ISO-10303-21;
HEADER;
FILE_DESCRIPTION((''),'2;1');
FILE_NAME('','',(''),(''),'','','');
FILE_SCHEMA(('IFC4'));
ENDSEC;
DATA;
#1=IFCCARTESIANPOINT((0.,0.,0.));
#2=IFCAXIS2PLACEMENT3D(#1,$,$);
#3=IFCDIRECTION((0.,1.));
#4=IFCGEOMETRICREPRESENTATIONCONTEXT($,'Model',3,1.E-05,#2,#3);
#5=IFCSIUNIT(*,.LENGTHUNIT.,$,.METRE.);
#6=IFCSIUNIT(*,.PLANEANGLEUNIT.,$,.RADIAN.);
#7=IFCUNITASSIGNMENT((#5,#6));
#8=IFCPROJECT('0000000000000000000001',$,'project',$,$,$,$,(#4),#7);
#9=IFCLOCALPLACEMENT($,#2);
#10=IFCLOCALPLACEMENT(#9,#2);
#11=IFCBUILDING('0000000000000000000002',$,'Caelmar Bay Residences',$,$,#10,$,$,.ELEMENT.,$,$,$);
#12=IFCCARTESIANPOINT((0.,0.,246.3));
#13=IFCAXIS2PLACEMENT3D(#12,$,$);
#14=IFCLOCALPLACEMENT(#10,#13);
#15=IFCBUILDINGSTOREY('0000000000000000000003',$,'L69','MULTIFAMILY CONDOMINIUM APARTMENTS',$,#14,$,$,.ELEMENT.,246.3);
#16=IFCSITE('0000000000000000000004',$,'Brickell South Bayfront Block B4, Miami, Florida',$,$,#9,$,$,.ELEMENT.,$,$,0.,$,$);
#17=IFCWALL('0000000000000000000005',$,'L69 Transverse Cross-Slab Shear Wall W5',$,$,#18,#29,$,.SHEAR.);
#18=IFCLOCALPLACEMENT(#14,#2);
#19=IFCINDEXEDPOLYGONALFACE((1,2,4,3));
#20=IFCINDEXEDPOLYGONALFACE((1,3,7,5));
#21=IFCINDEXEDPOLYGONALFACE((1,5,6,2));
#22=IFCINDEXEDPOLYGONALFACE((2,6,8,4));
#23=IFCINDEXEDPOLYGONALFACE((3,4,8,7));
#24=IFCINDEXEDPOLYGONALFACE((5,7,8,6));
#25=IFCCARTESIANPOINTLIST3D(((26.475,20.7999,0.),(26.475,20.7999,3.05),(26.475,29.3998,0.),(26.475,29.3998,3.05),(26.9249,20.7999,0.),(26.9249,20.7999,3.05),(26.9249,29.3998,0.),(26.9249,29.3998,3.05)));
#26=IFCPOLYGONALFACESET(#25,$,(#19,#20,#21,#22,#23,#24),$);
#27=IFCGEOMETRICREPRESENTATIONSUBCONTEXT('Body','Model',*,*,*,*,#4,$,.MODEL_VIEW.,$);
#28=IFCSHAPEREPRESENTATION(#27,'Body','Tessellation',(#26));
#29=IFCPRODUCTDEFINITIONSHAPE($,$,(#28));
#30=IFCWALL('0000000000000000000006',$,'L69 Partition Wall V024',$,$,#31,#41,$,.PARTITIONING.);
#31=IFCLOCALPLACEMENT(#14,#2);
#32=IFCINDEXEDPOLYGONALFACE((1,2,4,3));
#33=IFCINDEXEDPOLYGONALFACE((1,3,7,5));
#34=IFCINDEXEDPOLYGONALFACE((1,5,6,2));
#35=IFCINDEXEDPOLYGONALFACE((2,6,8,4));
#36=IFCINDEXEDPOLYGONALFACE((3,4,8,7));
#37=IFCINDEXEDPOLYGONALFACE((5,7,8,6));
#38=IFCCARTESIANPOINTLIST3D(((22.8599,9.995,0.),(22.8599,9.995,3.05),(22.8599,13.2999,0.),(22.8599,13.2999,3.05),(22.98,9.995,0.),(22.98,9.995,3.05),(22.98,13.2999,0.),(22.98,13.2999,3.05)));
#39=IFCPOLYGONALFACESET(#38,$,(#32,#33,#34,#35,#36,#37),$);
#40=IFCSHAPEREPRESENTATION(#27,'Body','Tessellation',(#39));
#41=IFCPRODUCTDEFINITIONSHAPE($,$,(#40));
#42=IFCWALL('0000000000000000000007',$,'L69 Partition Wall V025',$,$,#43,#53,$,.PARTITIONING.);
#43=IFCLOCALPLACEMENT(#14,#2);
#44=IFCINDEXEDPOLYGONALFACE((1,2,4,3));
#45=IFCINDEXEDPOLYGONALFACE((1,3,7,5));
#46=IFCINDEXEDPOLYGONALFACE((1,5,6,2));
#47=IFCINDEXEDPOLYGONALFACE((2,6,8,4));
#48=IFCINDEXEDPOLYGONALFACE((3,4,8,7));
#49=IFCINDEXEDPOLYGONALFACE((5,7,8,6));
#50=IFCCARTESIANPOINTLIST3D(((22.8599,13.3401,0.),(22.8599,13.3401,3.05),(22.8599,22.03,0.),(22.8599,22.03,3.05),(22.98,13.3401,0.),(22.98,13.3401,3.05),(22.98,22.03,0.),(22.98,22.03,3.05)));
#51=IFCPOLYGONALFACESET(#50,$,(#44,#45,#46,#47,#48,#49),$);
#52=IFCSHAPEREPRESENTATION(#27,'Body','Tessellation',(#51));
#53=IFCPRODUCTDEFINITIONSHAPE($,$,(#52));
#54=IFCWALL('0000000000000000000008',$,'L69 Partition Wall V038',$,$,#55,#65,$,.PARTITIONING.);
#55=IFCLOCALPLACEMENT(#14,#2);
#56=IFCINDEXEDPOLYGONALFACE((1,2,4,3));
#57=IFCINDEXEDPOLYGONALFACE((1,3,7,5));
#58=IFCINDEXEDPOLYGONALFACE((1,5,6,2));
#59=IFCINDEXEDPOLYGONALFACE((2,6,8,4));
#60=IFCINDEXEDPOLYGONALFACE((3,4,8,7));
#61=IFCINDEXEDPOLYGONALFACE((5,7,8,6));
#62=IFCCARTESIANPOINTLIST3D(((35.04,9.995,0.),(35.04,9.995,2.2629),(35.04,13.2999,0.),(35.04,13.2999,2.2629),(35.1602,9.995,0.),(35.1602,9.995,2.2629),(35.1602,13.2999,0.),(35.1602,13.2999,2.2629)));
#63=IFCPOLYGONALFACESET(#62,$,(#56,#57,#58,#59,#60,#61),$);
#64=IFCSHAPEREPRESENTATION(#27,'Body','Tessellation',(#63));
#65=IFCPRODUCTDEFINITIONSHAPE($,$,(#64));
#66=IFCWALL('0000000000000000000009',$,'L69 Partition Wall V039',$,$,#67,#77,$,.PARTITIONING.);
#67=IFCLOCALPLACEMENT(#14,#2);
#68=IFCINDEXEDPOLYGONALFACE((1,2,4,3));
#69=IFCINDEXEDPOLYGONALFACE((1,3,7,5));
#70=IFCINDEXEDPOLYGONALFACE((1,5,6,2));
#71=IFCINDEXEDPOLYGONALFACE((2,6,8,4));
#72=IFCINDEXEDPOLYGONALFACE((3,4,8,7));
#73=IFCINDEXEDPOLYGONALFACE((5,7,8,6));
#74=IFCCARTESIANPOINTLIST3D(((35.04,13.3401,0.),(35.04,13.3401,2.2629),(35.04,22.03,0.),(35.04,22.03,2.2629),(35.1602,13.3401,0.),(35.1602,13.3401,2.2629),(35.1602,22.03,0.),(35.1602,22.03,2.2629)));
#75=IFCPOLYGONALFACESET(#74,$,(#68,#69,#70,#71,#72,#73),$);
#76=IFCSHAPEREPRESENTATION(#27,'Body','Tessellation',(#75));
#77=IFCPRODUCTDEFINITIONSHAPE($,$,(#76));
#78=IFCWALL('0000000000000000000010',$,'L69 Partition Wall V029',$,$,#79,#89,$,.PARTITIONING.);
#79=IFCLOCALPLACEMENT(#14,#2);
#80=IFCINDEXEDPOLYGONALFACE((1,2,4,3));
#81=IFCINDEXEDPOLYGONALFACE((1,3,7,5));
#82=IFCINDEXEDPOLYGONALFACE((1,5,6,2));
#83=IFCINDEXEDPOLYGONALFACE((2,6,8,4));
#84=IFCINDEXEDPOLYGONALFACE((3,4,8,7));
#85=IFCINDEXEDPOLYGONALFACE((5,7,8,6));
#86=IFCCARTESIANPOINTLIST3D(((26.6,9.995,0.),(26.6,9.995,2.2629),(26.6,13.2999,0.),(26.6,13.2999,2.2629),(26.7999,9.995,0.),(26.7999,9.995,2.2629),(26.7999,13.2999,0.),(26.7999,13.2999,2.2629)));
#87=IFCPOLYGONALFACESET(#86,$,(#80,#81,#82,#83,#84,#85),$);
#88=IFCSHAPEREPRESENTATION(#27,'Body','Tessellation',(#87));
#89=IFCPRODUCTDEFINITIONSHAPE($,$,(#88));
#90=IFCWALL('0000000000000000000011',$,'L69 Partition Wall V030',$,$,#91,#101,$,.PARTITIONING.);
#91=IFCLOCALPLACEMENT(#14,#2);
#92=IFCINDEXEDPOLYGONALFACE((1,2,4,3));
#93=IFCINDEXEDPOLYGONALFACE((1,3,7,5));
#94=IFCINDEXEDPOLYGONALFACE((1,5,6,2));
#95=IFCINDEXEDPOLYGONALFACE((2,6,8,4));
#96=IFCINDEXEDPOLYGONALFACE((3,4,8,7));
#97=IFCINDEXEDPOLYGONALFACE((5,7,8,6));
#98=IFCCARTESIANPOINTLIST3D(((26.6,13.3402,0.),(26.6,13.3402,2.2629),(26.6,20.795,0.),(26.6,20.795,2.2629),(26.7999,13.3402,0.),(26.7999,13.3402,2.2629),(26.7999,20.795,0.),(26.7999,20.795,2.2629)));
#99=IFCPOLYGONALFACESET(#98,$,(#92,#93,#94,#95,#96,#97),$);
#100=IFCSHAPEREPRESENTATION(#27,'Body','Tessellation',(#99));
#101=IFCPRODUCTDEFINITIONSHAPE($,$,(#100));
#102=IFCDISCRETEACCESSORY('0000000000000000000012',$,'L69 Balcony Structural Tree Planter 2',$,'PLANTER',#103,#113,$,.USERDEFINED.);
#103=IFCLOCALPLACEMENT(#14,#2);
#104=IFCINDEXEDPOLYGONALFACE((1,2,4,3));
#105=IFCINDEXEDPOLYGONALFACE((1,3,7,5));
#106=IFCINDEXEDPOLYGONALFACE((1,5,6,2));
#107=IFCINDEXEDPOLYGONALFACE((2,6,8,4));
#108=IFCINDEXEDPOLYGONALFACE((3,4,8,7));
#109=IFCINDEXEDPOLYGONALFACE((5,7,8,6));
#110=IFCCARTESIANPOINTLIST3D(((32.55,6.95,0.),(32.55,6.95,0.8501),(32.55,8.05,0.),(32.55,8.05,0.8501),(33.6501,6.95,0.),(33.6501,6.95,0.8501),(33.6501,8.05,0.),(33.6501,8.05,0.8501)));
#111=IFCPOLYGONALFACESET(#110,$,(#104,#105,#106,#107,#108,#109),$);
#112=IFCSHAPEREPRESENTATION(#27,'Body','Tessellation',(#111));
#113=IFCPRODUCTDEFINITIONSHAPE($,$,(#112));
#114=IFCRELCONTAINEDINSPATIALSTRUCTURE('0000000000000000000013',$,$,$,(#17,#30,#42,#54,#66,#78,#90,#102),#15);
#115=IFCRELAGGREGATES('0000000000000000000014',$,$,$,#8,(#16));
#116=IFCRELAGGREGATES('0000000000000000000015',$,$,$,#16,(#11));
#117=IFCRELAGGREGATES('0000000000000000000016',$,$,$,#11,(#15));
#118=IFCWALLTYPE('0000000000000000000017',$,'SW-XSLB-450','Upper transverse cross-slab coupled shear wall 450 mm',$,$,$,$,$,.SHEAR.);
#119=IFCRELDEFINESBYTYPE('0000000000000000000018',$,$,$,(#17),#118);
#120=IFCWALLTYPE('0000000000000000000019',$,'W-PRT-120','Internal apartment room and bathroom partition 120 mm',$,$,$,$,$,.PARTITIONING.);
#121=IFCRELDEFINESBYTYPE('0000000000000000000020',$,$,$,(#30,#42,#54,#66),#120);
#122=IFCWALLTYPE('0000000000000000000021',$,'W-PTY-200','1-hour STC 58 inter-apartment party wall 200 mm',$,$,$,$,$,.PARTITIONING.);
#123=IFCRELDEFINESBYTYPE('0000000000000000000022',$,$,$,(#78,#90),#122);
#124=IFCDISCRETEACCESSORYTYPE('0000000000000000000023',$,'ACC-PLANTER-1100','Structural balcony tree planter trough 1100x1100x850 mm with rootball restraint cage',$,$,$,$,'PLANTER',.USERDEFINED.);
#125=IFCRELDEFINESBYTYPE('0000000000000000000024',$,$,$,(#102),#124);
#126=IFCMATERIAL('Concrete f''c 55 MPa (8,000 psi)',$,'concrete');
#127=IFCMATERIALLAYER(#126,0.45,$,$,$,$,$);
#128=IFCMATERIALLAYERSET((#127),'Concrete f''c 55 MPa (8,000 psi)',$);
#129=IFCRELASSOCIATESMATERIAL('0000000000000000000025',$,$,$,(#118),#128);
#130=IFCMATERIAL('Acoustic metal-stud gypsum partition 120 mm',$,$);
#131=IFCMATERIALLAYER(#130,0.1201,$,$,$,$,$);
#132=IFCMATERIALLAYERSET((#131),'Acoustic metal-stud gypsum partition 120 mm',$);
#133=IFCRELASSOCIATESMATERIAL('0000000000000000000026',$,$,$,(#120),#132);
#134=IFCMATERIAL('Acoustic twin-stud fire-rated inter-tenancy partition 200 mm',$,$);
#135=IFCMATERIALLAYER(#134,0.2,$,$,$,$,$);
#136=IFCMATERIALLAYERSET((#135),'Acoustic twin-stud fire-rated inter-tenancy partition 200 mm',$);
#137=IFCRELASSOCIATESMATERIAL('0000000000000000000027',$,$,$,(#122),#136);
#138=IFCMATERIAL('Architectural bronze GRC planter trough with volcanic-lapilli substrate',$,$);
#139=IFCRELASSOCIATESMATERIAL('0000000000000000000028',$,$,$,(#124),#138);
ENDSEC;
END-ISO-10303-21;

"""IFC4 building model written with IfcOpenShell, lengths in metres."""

from ifc_helpers import new_model, si_unit, direction, frame, frame_2d, origin, origin_2d, place, context, subcontext, project, spatial, rectangle, extrude, material, layer, layer_set, type_object, element, save


model = new_model("IFC4")

# Units and contexts
model_context = context("Model", 3, precision=1e-05, world=origin(), true_north=direction((0.0, 1.0)))
body_context = subcontext(model_context, "Body", "Model", "MODEL_VIEW")
ifc_project = project(units=[si_unit("LENGTHUNIT", "METRE"), si_unit("PLANEANGLEUNIT", "RADIAN")], contexts=[model_context])

# Site, building, storey
site_placement = place(None, origin())
site = spatial("IfcSite", under=ifc_project, at=site_placement, Name="Brickell South Bayfront Block B4, Miami, Florida", CompositionType="ELEMENT", RefElevation=0.0)
building_placement = place(site_placement, origin())
building = spatial("IfcBuilding", under=site, at=building_placement, Name="Caelmar Bay Residences", CompositionType="ELEMENT")
storey_placement = place(building_placement, frame((0.0, 0.0, 246.3)))
storey = spatial("IfcBuildingStorey", under=building, at=storey_placement, Name="L69", Description="MULTIFAMILY CONDOMINIUM APARTMENTS", CompositionType="ELEMENT", Elevation=246.3)

# Shared definitions
ifc_material_1 = material(Name="Concrete f'c 55 MPa (8,000 psi)", Category="concrete")

# Walls
ifc_layer_1 = layer(ifc_material_1, 0.45)
ifc_layer_set_1 = layer_set([ifc_layer_1], Name="Concrete f'c 55 MPa (8,000 psi)")
wall_type_1 = type_object("IfcWallType", Name="SW-XSLB-450", Description="Upper transverse cross-slab coupled shear wall 450 mm", PredefinedType="SHEAR", material=ifc_layer_set_1)
wall_1_placement = place(storey_placement, frame((26.7, 20.8, 0.0), z_axis=(0.0, 0.0, 1.0), x_axis=(0.0, 1.0, 0.0)))
element("IfcWall", 1, at=wall_1_placement, inside=storey, type_object=wall_type_1, Name="L69 Transverse Cross-Slab Shear Wall W5", PredefinedType="SHEAR", context=body_context, shape_type="SweptSolid", body=[
    extrude(rectangle(XDim=8.5999, YDim=0.45, at=frame_2d((4.2998, 0.0))), origin(), (0.0, 0.0, 1.0), 3.05),
])
ifc_material_2 = material(Name="Acoustic metal-stud gypsum partition 120 mm")
ifc_layer_2 = layer(ifc_material_2, 0.1201)
ifc_layer_set_2 = layer_set([ifc_layer_2], Name="Acoustic metal-stud gypsum partition 120 mm")
wall_type_2 = type_object("IfcWallType", Name="W-PRT-120", Description="Internal apartment room and bathroom partition 120 mm", PredefinedType="PARTITIONING", material=ifc_layer_set_2)
wall_2_placement = place(storey_placement, frame((22.9199, 9.9951, 0.0), z_axis=(0.0, 0.0, 1.0), x_axis=(0.0, 1.0, 0.0)))
element("IfcWall", 2, at=wall_2_placement, inside=storey, type_object=wall_type_2, Name="L69 Partition Wall V024", PredefinedType="PARTITIONING", context=body_context, shape_type="SweptSolid", body=[
    extrude(rectangle(XDim=3.3049, YDim=0.1201, at=frame_2d((1.6523, 0.0))), origin(), (0.0, 0.0, 1.0), 3.05),
])
wall_3_placement = place(storey_placement, frame((22.9199, 13.3401, 0.0), z_axis=(0.0, 0.0, 1.0), x_axis=(0.0, 1.0, 0.0)))
element("IfcWall", 3, at=wall_3_placement, inside=storey, type_object=wall_type_2, Name="L69 Partition Wall V025", PredefinedType="PARTITIONING", context=body_context, shape_type="SweptSolid", body=[
    extrude(rectangle(XDim=8.6899, YDim=0.1201, at=frame_2d((4.345, 0.0))), origin(), (0.0, 0.0, 1.0), 3.05),
])
wall_4_placement = place(storey_placement, frame((35.1001, 9.9951, 0.0), z_axis=(0.0, 0.0, 1.0), x_axis=(0.0, 1.0, 0.0)))
element("IfcWall", 4, at=wall_4_placement, inside=storey, type_object=wall_type_2, Name="L69 Partition Wall V038", PredefinedType="PARTITIONING", context=body_context, shape_type="SweptSolid", body=[
    extrude(rectangle(XDim=3.3049, YDim=0.1201, at=frame_2d((1.6523, 0.0))), origin(), (0.0, 0.0, 1.0), 2.2629),
])
wall_5_placement = place(storey_placement, frame((35.1001, 13.3401, 0.0), z_axis=(0.0, 0.0, 1.0), x_axis=(0.0, 1.0, 0.0)))
element("IfcWall", 5, at=wall_5_placement, inside=storey, type_object=wall_type_2, Name="L69 Partition Wall V039", PredefinedType="PARTITIONING", context=body_context, shape_type="SweptSolid", body=[
    extrude(rectangle(XDim=8.6899, YDim=0.1201, at=frame_2d((4.345, 0.0))), origin(), (0.0, 0.0, 1.0), 2.2629),
])
ifc_material_3 = material(Name="Acoustic twin-stud fire-rated inter-tenancy partition 200 mm")
ifc_layer_3 = layer(ifc_material_3, 0.2)
ifc_layer_set_3 = layer_set([ifc_layer_3], Name="Acoustic twin-stud fire-rated inter-tenancy partition 200 mm")
wall_type_3 = type_object("IfcWallType", Name="W-PTY-200", Description="1-hour STC 58 inter-apartment party wall 200 mm", PredefinedType="PARTITIONING", material=ifc_layer_set_3)
wall_6_placement = place(storey_placement, frame((26.7, 9.9951, 0.0), z_axis=(0.0, 0.0, 1.0), x_axis=(0.0, 1.0, 0.0)))
element("IfcWall", 6, at=wall_6_placement, inside=storey, type_object=wall_type_3, Name="L69 Partition Wall V029", PredefinedType="PARTITIONING", context=body_context, shape_type="SweptSolid", body=[
    extrude(rectangle(XDim=3.3049, YDim=0.2, at=frame_2d((1.6523, 0.0))), origin(), (0.0, 0.0, 1.0), 2.2629),
])
wall_7_placement = place(storey_placement, frame((26.7, 13.3401, 0.0), z_axis=(0.0, 0.0, 1.0), x_axis=(0.0, 1.0, 0.0)))
element("IfcWall", 7, at=wall_7_placement, inside=storey, type_object=wall_type_3, Name="L69 Partition Wall V030", PredefinedType="PARTITIONING", context=body_context, shape_type="SweptSolid", body=[
    extrude(rectangle(XDim=7.4548, YDim=0.2, at=frame_2d((3.7275, 0.0))), origin(), (0.0, 0.0, 1.0), 2.2629),
])

# Discrete accessory
ifc_material_4 = material(Name="Architectural bronze GRC planter trough with volcanic-lapilli substrate")
discrete_accessory_type = type_object("IfcDiscreteAccessoryType", Name="ACC-PLANTER-1100", Description="Structural balcony tree planter trough 1100x1100x850 mm with rootball restraint cage", ElementType="PLANTER", PredefinedType="USERDEFINED", material=ifc_material_4)
discrete_accessory_placement = place(storey_placement, frame((33.1001, 7.5, 0.0), z_axis=(0.0, 0.0, 1.0), x_axis=(1.0, 0.0, 0.0)))
element("IfcDiscreteAccessory", 8, at=discrete_accessory_placement, inside=storey, type_object=discrete_accessory_type, Name="L69 Balcony Structural Tree Planter 2", ObjectType="PLANTER", PredefinedType="USERDEFINED", context=body_context, shape_type="SweptSolid", body=[
    extrude(rectangle(XDim=1.1001, YDim=1.1001, at=origin_2d()), origin(), (0.0, 0.0, 1.0), 0.8501),
])

save(model, "model.ifc")
